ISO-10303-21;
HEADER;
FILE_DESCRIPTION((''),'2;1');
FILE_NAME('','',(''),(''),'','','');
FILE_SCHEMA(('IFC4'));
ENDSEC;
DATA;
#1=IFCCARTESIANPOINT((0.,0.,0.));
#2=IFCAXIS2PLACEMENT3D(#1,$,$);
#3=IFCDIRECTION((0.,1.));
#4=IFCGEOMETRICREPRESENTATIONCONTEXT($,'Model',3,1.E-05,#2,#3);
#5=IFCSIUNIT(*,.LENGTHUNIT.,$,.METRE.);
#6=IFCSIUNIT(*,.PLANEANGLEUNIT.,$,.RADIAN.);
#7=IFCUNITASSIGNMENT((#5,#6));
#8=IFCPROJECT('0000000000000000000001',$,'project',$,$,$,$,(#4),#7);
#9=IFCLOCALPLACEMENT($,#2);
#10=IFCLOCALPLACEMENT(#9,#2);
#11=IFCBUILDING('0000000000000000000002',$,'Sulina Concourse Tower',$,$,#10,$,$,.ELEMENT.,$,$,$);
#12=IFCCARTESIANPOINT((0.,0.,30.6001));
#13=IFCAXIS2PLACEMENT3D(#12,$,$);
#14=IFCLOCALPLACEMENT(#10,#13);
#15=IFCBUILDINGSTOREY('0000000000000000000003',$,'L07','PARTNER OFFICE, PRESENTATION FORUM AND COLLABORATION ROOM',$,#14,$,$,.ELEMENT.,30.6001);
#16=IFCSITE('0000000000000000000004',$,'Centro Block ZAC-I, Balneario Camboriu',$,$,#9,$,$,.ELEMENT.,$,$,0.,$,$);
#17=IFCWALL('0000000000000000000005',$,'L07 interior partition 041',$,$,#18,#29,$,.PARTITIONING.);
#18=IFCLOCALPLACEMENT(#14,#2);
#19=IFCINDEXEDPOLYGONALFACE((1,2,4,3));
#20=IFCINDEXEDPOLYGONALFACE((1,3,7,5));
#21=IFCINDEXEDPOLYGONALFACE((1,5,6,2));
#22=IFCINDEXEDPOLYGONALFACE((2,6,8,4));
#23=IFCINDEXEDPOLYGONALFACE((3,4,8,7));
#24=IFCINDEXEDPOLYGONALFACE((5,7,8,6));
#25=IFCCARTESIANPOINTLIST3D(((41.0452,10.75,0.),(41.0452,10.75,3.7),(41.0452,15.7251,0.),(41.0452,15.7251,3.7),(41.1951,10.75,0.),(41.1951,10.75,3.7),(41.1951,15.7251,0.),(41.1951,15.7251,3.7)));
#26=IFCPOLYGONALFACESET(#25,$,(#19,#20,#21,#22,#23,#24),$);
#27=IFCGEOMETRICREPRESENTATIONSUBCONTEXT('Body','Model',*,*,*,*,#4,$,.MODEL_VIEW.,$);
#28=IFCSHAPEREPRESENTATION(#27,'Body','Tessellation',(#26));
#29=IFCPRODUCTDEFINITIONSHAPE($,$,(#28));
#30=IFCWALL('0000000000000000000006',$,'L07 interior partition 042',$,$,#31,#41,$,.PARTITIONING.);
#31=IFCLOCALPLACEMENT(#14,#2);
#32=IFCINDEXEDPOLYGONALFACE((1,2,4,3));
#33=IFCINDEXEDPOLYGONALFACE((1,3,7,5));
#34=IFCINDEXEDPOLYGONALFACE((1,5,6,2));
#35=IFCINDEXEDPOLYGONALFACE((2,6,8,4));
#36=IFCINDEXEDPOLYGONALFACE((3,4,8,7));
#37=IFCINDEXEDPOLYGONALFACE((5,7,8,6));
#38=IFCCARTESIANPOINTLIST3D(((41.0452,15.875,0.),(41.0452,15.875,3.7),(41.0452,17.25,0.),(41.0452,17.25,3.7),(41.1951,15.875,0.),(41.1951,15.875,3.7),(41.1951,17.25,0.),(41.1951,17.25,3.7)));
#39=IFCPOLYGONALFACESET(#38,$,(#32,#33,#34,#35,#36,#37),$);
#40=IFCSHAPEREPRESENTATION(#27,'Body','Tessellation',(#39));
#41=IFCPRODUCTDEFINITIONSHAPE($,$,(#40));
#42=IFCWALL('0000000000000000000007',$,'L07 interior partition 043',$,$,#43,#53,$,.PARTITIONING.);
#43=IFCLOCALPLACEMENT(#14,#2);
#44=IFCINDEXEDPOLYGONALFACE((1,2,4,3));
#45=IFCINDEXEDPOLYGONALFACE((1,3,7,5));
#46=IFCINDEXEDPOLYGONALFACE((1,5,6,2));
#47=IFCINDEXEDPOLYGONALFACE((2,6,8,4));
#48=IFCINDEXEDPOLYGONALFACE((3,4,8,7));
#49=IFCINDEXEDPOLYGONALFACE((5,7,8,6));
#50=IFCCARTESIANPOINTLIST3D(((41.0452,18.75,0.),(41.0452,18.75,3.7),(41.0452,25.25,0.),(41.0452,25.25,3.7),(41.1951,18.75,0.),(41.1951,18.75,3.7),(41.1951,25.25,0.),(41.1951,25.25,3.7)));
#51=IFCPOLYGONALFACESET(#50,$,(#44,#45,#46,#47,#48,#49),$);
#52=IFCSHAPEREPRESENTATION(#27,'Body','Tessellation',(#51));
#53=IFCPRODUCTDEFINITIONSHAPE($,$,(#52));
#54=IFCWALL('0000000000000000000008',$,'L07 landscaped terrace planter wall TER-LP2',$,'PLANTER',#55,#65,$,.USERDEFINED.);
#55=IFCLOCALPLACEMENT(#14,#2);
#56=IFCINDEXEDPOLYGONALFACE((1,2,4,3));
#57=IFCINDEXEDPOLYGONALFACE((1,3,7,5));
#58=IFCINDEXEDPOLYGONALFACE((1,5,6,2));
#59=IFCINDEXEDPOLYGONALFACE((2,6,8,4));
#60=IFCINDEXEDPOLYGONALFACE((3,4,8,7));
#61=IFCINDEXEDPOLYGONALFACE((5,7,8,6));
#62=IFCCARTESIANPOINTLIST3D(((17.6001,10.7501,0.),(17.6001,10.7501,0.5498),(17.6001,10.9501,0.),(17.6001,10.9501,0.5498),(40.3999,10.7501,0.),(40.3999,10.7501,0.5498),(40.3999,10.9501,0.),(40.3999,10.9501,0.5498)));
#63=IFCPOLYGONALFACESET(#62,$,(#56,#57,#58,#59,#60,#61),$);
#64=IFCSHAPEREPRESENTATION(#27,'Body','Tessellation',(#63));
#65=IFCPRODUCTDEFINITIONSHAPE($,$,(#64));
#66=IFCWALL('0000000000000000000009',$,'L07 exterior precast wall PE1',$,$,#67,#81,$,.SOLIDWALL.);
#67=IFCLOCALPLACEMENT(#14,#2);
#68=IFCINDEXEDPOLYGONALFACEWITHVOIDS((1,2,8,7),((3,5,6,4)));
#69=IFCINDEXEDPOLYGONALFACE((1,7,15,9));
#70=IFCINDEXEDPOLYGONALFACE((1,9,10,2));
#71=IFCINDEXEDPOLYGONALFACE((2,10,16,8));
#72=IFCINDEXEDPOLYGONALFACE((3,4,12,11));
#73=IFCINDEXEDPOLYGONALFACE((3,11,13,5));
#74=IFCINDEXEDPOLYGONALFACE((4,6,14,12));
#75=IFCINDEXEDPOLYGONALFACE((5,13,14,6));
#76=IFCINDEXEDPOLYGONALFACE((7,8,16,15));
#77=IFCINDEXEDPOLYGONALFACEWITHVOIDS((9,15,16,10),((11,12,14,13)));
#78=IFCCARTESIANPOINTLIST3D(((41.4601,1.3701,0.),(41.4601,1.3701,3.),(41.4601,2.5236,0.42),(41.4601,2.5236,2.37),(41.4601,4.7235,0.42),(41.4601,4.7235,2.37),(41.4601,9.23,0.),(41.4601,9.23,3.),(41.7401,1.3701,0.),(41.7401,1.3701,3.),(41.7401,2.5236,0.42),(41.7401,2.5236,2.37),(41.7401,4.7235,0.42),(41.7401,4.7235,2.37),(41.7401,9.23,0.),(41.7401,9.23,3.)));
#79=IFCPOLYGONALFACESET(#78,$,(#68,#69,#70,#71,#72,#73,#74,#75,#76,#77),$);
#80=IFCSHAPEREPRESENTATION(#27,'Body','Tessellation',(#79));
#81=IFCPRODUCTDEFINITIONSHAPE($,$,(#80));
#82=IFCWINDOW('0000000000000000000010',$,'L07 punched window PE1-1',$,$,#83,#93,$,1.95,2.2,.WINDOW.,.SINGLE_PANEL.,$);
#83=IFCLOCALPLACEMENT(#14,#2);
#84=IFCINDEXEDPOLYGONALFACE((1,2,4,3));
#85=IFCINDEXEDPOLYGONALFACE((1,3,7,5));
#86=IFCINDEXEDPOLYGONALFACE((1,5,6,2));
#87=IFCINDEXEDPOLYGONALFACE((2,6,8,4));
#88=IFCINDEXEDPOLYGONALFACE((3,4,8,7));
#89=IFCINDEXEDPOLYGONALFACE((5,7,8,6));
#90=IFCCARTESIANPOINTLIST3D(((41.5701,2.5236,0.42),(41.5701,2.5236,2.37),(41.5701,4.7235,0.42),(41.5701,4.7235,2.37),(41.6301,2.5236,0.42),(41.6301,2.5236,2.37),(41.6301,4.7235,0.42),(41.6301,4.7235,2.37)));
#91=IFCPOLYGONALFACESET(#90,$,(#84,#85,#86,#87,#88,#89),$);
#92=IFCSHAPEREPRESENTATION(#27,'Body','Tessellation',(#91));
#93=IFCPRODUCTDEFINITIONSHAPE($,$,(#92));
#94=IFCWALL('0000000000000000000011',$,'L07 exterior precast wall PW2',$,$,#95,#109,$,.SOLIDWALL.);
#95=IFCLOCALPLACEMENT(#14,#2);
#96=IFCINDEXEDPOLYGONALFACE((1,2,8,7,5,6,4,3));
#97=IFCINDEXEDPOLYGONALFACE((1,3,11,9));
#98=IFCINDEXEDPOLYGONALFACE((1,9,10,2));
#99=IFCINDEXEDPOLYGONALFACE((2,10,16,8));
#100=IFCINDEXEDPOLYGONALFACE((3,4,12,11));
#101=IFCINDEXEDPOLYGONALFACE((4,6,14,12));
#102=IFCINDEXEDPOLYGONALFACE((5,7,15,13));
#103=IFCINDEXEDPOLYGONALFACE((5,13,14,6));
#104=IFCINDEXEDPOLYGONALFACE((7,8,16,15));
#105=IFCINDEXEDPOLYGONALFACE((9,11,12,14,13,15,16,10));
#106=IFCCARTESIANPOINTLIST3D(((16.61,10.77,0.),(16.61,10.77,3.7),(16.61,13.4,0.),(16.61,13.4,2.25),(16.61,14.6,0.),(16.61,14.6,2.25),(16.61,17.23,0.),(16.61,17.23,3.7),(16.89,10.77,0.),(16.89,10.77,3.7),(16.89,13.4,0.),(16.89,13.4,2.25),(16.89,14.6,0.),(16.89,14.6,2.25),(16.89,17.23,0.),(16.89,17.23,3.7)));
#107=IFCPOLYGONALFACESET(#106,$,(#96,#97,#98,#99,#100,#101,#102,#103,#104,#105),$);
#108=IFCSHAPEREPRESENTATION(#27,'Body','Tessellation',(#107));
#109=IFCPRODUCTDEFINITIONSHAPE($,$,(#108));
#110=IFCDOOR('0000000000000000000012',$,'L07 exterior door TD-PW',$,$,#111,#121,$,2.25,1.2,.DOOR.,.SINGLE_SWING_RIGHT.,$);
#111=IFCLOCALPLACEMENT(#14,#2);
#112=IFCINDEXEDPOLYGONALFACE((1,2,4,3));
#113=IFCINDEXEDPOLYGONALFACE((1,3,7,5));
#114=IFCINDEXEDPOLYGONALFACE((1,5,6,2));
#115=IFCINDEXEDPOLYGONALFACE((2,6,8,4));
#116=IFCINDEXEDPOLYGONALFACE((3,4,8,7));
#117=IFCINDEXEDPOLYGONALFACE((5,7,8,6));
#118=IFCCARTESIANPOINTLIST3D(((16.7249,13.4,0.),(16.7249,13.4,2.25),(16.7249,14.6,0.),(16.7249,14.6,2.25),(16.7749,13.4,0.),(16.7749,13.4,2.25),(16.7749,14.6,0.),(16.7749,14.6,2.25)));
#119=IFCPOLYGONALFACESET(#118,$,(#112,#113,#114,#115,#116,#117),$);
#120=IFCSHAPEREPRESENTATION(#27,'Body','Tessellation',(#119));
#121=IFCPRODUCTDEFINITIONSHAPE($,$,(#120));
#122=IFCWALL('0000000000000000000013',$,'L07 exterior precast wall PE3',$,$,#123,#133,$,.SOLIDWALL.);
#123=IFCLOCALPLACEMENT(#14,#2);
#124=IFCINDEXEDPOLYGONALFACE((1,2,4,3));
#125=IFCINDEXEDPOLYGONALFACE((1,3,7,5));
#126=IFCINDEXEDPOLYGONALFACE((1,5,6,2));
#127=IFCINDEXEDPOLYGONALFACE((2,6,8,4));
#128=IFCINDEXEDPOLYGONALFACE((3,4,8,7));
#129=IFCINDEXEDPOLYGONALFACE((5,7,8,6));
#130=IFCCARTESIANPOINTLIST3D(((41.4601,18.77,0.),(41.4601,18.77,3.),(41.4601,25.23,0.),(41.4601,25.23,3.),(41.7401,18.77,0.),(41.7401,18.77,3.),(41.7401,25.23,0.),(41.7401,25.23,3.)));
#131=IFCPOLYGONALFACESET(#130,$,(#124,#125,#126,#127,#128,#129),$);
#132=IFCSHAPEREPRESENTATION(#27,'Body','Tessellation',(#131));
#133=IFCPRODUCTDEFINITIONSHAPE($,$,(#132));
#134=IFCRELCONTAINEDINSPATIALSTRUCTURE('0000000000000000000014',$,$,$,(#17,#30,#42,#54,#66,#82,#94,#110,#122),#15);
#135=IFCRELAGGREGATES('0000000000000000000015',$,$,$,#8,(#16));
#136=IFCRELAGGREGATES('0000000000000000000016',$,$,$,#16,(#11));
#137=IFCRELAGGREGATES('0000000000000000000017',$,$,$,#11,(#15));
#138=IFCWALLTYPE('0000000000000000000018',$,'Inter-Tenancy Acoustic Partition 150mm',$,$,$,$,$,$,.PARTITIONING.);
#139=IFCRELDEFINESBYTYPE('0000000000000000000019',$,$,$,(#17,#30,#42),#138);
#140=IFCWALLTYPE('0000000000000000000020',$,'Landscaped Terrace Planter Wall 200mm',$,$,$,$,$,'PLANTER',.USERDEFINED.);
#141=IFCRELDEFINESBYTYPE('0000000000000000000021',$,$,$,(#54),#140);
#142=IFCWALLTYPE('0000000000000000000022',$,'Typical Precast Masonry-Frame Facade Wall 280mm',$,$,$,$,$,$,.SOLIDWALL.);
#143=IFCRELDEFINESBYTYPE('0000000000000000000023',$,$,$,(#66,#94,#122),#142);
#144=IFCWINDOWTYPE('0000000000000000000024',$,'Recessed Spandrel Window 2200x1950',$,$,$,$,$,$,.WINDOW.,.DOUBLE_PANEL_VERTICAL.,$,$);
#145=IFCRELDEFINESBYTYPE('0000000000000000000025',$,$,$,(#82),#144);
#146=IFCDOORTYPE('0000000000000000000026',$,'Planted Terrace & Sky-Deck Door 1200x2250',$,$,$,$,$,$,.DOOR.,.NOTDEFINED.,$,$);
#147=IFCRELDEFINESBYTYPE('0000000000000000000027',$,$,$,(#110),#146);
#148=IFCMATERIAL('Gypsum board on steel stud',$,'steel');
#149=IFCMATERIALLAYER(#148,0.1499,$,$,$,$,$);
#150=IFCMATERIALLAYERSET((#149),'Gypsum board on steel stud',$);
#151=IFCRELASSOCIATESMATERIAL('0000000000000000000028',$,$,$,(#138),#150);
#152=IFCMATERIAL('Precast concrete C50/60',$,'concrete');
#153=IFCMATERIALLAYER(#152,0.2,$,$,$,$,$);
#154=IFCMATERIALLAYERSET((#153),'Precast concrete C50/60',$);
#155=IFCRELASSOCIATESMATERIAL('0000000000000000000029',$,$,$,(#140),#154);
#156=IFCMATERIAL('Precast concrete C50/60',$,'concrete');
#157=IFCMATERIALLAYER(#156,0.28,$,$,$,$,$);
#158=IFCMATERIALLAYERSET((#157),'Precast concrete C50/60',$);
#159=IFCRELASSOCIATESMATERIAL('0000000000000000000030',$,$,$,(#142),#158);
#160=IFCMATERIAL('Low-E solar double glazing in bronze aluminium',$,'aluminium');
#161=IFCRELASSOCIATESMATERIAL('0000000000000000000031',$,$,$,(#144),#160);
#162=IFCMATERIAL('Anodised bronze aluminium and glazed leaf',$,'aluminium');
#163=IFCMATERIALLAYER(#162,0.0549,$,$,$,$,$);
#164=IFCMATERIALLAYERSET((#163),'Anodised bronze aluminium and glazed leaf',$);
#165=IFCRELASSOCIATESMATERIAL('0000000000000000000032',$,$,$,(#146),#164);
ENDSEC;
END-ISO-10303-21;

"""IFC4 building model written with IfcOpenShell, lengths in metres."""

from ifc_helpers import new_model, si_unit, direction, frame, frame_2d, origin, place, context, subcontext, project, spatial, rectangle, extrude, material, layer, layer_set, type_object, element, fill, save


model = new_model("IFC4")

# Units and contexts
model_context = context("Model", 3, precision=1e-05, world=origin(), true_north=direction((0.0, 1.0)))
body_context = subcontext(model_context, "Body", "Model", "MODEL_VIEW")
ifc_project = project(units=[si_unit("LENGTHUNIT", "METRE"), si_unit("PLANEANGLEUNIT", "RADIAN")], contexts=[model_context])

# Site, building, storey
site_placement = place(None, origin())
site = spatial("IfcSite", under=ifc_project, at=site_placement, Name="Centro Block ZAC-I, Balneario Camboriu", CompositionType="ELEMENT", RefElevation=0.0)
building_placement = place(site_placement, origin())
building = spatial("IfcBuilding", under=site, at=building_placement, Name="Sulina Concourse Tower", CompositionType="ELEMENT")
storey_placement = place(building_placement, frame((0.0, 0.0, 30.6001)))
storey = spatial("IfcBuildingStorey", under=building, at=storey_placement, Name="L07", Description="PARTNER OFFICE, PRESENTATION FORUM AND COLLABORATION ROOM", CompositionType="ELEMENT", Elevation=30.6001)

# Walls
ifc_material_1 = material(Name="Gypsum board on steel stud", Category="steel")
ifc_layer_1 = layer(ifc_material_1, 0.1499)
ifc_layer_set_1 = layer_set([ifc_layer_1], Name="Gypsum board on steel stud")
wall_type_1 = type_object("IfcWallType", Name="Inter-Tenancy Acoustic Partition 150mm", PredefinedType="PARTITIONING", material=ifc_layer_set_1)
wall_1_placement = place(storey_placement, frame((41.1201, 10.75, 0.0), z_axis=(0.0, 0.0, 1.0), x_axis=(0.0, 1.0, 0.0)))
element("IfcWall", 1, at=wall_1_placement, inside=storey, type_object=wall_type_1, Name="L07 interior partition 041", PredefinedType="PARTITIONING", context=body_context, shape_type="SweptSolid", body=[
    extrude(rectangle(XDim=4.9751, YDim=0.1499, at=frame_2d((2.4875, 0.0))), origin(), (0.0, 0.0, 1.0), 3.7),
])
wall_2_placement = place(storey_placement, frame((41.1201, 15.875, 0.0), z_axis=(0.0, 0.0, 1.0), x_axis=(0.0, 1.0, 0.0)))
element("IfcWall", 2, at=wall_2_placement, inside=storey, type_object=wall_type_1, Name="L07 interior partition 042", PredefinedType="PARTITIONING", context=body_context, shape_type="SweptSolid", body=[
    extrude(rectangle(XDim=1.375, YDim=0.1499, at=frame_2d((0.6875, 0.0))), origin(), (0.0, 0.0, 1.0), 3.7),
])
wall_3_placement = place(storey_placement, frame((41.1201, 18.75, 0.0), z_axis=(0.0, 0.0, 1.0), x_axis=(0.0, 1.0, 0.0)))
element("IfcWall", 3, at=wall_3_placement, inside=storey, type_object=wall_type_1, Name="L07 interior partition 043", PredefinedType="PARTITIONING", context=body_context, shape_type="SweptSolid", body=[
    extrude(rectangle(XDim=6.5, YDim=0.1499, at=frame_2d((3.25, 0.0))), origin(), (0.0, 0.0, 1.0), 3.7),
])
ifc_material_2 = material(Name="Precast concrete C50/60", Category="concrete")
ifc_layer_2 = layer(ifc_material_2, 0.2)
ifc_layer_set_2 = layer_set([ifc_layer_2], Name="Precast concrete C50/60")
wall_type_2 = type_object("IfcWallType", Name="Landscaped Terrace Planter Wall 200mm", ElementType="PLANTER", PredefinedType="USERDEFINED", material=ifc_layer_set_2)
wall_4_placement = place(storey_placement, frame((17.6001, 10.8501, 0.0), z_axis=(0.0, 0.0, 1.0), x_axis=(1.0, 0.0, 0.0)))
element("IfcWall", 4, at=wall_4_placement, inside=storey, type_object=wall_type_2, Name="L07 landscaped terrace planter wall TER-LP2", ObjectType="PLANTER", PredefinedType="USERDEFINED", context=body_context, shape_type="SweptSolid", body=[
    extrude(rectangle(XDim=22.7998, YDim=0.2, at=frame_2d((11.3999, 0.0))), origin(), (0.0, 0.0, 1.0), 0.5498),
])

# Wall, opening, window
ifc_material_3 = material(Name="Precast concrete C50/60", Category="concrete")
ifc_layer_3 = layer(ifc_material_3, 0.28)
ifc_layer_set_3 = layer_set([ifc_layer_3], Name="Precast concrete C50/60")
wall_type_3 = type_object("IfcWallType", Name="Typical Precast Masonry-Frame Facade Wall 280mm", PredefinedType="SOLIDWALL", material=ifc_layer_set_3)
wall_5_placement = place(storey_placement, frame((41.6001, 1.3701, 0.0), z_axis=(0.0, 0.0, 1.0), x_axis=(0.0, 1.0, 0.0)))
wall_5 = element("IfcWall", 5, at=wall_5_placement, inside=storey, type_object=wall_type_3, Name="L07 exterior precast wall PE1", PredefinedType="SOLIDWALL", context=body_context, shape_type="SweptSolid", body=[
    extrude(rectangle(XDim=7.8599, YDim=0.28, at=frame_2d((3.9299, 0.0))), origin(), (0.0, 0.0, 1.0), 3.0),
])
opening_1_placement = place(wall_5_placement, frame((1.1533, 0.0, 0.4199)))
opening_1 = element("IfcOpeningElement", 6, at=opening_1_placement, cuts=wall_5, PredefinedType="OPENING", context=body_context, shape_type="SweptSolid", body=[
    extrude(rectangle(XDim=2.2, YDim=1.95, at=frame_2d((1.1001, 0.9751))), frame((0.0, 0.1499, 0.0), z_axis=(0.0, -1.0, 0.0), x_axis=(1.0, 0.0, 0.0)), (0.0, 0.0, 1.0), 0.3),
])
ifc_material_4 = material(Name="Low-E solar double glazing in bronze aluminium", Category="aluminium")
window_type = type_object("IfcWindowType", Name="Recessed Spandrel Window 2200x1950", PartitioningType="DOUBLE_PANEL_VERTICAL", PredefinedType="WINDOW", material=ifc_material_4)
window_placement = place(opening_1_placement, origin())
window = element("IfcWindow", 7, at=window_placement, inside=storey, type_object=window_type, Name="L07 punched window PE1-1", OverallHeight=1.95, OverallWidth=2.2, PartitioningType="SINGLE_PANEL", PredefinedType="WINDOW", context=body_context, shape_type="SweptSolid", body=[
    extrude(rectangle(XDim=2.2, YDim=1.95, at=frame_2d((1.1001, 0.9751))), frame((0.0, 0.03, 0.0), z_axis=(0.0, -1.0, 0.0), x_axis=(1.0, 0.0, 0.0)), (0.0, 0.0, 1.0), 0.0601),
])
fill(opening_1, window)

# Wall, opening, door
wall_6_placement = place(storey_placement, frame((16.75, 17.23, 0.0), z_axis=(0.0, 0.0, 1.0), x_axis=(0.0, -1.0, 0.0)))
wall_6 = element("IfcWall", 8, at=wall_6_placement, inside=storey, type_object=wall_type_3, Name="L07 exterior precast wall PW2", PredefinedType="SOLIDWALL", context=body_context, shape_type="SweptSolid", body=[
    extrude(rectangle(XDim=6.46, YDim=0.28, at=frame_2d((3.23, 0.0))), origin(), (0.0, 0.0, 1.0), 3.7),
])
opening_2_placement = place(wall_6_placement, frame((2.6299, 0.0, 0.0)))
opening_2 = element("IfcOpeningElement", 9, at=opening_2_placement, cuts=wall_6, PredefinedType="OPENING", context=body_context, shape_type="SweptSolid", body=[
    extrude(rectangle(XDim=1.2, YDim=2.25, at=frame_2d((0.6001, 1.125))), frame((0.0, 0.1499, 0.0), z_axis=(0.0, -1.0, 0.0), x_axis=(1.0, 0.0, 0.0)), (0.0, 0.0, 1.0), 0.3),
])
ifc_material_5 = material(Name="Anodised bronze aluminium and glazed leaf", Category="aluminium")
ifc_layer_4 = layer(ifc_material_5, 0.0549)
ifc_layer_set_4 = layer_set([ifc_layer_4], Name="Anodised bronze aluminium and glazed leaf")
door_type = type_object("IfcDoorType", Name="Planted Terrace & Sky-Deck Door 1200x2250", OperationType="NOTDEFINED", PredefinedType="DOOR", material=ifc_layer_set_4)
door_placement = place(opening_2_placement, origin())
door = element("IfcDoor", 10, at=door_placement, inside=storey, type_object=door_type, Name="L07 exterior door TD-PW", OperationType="SINGLE_SWING_RIGHT", OverallHeight=2.25, OverallWidth=1.2, PredefinedType="DOOR", context=body_context, shape_type="SweptSolid", body=[
    extrude(rectangle(XDim=1.2, YDim=2.25, at=frame_2d((0.6001, 1.125))), frame((0.0, 0.0249, 0.0), z_axis=(0.0, -1.0, 0.0), x_axis=(1.0, 0.0, 0.0)), (0.0, 0.0, 1.0), 0.05),
])
fill(opening_2, door)

# Wall
wall_7_placement = place(storey_placement, frame((41.6001, 18.77, 0.0), z_axis=(0.0, 0.0, 1.0), x_axis=(0.0, 1.0, 0.0)))
element("IfcWall", 11, at=wall_7_placement, inside=storey, type_object=wall_type_3, Name="L07 exterior precast wall PE3", PredefinedType="SOLIDWALL", context=body_context, shape_type="SweptSolid", body=[
    extrude(rectangle(XDim=6.46, YDim=0.28, at=frame_2d((3.23, 0.0))), origin(), (0.0, 0.0, 1.0), 3.0),
])

save(model, "model.ifc")
